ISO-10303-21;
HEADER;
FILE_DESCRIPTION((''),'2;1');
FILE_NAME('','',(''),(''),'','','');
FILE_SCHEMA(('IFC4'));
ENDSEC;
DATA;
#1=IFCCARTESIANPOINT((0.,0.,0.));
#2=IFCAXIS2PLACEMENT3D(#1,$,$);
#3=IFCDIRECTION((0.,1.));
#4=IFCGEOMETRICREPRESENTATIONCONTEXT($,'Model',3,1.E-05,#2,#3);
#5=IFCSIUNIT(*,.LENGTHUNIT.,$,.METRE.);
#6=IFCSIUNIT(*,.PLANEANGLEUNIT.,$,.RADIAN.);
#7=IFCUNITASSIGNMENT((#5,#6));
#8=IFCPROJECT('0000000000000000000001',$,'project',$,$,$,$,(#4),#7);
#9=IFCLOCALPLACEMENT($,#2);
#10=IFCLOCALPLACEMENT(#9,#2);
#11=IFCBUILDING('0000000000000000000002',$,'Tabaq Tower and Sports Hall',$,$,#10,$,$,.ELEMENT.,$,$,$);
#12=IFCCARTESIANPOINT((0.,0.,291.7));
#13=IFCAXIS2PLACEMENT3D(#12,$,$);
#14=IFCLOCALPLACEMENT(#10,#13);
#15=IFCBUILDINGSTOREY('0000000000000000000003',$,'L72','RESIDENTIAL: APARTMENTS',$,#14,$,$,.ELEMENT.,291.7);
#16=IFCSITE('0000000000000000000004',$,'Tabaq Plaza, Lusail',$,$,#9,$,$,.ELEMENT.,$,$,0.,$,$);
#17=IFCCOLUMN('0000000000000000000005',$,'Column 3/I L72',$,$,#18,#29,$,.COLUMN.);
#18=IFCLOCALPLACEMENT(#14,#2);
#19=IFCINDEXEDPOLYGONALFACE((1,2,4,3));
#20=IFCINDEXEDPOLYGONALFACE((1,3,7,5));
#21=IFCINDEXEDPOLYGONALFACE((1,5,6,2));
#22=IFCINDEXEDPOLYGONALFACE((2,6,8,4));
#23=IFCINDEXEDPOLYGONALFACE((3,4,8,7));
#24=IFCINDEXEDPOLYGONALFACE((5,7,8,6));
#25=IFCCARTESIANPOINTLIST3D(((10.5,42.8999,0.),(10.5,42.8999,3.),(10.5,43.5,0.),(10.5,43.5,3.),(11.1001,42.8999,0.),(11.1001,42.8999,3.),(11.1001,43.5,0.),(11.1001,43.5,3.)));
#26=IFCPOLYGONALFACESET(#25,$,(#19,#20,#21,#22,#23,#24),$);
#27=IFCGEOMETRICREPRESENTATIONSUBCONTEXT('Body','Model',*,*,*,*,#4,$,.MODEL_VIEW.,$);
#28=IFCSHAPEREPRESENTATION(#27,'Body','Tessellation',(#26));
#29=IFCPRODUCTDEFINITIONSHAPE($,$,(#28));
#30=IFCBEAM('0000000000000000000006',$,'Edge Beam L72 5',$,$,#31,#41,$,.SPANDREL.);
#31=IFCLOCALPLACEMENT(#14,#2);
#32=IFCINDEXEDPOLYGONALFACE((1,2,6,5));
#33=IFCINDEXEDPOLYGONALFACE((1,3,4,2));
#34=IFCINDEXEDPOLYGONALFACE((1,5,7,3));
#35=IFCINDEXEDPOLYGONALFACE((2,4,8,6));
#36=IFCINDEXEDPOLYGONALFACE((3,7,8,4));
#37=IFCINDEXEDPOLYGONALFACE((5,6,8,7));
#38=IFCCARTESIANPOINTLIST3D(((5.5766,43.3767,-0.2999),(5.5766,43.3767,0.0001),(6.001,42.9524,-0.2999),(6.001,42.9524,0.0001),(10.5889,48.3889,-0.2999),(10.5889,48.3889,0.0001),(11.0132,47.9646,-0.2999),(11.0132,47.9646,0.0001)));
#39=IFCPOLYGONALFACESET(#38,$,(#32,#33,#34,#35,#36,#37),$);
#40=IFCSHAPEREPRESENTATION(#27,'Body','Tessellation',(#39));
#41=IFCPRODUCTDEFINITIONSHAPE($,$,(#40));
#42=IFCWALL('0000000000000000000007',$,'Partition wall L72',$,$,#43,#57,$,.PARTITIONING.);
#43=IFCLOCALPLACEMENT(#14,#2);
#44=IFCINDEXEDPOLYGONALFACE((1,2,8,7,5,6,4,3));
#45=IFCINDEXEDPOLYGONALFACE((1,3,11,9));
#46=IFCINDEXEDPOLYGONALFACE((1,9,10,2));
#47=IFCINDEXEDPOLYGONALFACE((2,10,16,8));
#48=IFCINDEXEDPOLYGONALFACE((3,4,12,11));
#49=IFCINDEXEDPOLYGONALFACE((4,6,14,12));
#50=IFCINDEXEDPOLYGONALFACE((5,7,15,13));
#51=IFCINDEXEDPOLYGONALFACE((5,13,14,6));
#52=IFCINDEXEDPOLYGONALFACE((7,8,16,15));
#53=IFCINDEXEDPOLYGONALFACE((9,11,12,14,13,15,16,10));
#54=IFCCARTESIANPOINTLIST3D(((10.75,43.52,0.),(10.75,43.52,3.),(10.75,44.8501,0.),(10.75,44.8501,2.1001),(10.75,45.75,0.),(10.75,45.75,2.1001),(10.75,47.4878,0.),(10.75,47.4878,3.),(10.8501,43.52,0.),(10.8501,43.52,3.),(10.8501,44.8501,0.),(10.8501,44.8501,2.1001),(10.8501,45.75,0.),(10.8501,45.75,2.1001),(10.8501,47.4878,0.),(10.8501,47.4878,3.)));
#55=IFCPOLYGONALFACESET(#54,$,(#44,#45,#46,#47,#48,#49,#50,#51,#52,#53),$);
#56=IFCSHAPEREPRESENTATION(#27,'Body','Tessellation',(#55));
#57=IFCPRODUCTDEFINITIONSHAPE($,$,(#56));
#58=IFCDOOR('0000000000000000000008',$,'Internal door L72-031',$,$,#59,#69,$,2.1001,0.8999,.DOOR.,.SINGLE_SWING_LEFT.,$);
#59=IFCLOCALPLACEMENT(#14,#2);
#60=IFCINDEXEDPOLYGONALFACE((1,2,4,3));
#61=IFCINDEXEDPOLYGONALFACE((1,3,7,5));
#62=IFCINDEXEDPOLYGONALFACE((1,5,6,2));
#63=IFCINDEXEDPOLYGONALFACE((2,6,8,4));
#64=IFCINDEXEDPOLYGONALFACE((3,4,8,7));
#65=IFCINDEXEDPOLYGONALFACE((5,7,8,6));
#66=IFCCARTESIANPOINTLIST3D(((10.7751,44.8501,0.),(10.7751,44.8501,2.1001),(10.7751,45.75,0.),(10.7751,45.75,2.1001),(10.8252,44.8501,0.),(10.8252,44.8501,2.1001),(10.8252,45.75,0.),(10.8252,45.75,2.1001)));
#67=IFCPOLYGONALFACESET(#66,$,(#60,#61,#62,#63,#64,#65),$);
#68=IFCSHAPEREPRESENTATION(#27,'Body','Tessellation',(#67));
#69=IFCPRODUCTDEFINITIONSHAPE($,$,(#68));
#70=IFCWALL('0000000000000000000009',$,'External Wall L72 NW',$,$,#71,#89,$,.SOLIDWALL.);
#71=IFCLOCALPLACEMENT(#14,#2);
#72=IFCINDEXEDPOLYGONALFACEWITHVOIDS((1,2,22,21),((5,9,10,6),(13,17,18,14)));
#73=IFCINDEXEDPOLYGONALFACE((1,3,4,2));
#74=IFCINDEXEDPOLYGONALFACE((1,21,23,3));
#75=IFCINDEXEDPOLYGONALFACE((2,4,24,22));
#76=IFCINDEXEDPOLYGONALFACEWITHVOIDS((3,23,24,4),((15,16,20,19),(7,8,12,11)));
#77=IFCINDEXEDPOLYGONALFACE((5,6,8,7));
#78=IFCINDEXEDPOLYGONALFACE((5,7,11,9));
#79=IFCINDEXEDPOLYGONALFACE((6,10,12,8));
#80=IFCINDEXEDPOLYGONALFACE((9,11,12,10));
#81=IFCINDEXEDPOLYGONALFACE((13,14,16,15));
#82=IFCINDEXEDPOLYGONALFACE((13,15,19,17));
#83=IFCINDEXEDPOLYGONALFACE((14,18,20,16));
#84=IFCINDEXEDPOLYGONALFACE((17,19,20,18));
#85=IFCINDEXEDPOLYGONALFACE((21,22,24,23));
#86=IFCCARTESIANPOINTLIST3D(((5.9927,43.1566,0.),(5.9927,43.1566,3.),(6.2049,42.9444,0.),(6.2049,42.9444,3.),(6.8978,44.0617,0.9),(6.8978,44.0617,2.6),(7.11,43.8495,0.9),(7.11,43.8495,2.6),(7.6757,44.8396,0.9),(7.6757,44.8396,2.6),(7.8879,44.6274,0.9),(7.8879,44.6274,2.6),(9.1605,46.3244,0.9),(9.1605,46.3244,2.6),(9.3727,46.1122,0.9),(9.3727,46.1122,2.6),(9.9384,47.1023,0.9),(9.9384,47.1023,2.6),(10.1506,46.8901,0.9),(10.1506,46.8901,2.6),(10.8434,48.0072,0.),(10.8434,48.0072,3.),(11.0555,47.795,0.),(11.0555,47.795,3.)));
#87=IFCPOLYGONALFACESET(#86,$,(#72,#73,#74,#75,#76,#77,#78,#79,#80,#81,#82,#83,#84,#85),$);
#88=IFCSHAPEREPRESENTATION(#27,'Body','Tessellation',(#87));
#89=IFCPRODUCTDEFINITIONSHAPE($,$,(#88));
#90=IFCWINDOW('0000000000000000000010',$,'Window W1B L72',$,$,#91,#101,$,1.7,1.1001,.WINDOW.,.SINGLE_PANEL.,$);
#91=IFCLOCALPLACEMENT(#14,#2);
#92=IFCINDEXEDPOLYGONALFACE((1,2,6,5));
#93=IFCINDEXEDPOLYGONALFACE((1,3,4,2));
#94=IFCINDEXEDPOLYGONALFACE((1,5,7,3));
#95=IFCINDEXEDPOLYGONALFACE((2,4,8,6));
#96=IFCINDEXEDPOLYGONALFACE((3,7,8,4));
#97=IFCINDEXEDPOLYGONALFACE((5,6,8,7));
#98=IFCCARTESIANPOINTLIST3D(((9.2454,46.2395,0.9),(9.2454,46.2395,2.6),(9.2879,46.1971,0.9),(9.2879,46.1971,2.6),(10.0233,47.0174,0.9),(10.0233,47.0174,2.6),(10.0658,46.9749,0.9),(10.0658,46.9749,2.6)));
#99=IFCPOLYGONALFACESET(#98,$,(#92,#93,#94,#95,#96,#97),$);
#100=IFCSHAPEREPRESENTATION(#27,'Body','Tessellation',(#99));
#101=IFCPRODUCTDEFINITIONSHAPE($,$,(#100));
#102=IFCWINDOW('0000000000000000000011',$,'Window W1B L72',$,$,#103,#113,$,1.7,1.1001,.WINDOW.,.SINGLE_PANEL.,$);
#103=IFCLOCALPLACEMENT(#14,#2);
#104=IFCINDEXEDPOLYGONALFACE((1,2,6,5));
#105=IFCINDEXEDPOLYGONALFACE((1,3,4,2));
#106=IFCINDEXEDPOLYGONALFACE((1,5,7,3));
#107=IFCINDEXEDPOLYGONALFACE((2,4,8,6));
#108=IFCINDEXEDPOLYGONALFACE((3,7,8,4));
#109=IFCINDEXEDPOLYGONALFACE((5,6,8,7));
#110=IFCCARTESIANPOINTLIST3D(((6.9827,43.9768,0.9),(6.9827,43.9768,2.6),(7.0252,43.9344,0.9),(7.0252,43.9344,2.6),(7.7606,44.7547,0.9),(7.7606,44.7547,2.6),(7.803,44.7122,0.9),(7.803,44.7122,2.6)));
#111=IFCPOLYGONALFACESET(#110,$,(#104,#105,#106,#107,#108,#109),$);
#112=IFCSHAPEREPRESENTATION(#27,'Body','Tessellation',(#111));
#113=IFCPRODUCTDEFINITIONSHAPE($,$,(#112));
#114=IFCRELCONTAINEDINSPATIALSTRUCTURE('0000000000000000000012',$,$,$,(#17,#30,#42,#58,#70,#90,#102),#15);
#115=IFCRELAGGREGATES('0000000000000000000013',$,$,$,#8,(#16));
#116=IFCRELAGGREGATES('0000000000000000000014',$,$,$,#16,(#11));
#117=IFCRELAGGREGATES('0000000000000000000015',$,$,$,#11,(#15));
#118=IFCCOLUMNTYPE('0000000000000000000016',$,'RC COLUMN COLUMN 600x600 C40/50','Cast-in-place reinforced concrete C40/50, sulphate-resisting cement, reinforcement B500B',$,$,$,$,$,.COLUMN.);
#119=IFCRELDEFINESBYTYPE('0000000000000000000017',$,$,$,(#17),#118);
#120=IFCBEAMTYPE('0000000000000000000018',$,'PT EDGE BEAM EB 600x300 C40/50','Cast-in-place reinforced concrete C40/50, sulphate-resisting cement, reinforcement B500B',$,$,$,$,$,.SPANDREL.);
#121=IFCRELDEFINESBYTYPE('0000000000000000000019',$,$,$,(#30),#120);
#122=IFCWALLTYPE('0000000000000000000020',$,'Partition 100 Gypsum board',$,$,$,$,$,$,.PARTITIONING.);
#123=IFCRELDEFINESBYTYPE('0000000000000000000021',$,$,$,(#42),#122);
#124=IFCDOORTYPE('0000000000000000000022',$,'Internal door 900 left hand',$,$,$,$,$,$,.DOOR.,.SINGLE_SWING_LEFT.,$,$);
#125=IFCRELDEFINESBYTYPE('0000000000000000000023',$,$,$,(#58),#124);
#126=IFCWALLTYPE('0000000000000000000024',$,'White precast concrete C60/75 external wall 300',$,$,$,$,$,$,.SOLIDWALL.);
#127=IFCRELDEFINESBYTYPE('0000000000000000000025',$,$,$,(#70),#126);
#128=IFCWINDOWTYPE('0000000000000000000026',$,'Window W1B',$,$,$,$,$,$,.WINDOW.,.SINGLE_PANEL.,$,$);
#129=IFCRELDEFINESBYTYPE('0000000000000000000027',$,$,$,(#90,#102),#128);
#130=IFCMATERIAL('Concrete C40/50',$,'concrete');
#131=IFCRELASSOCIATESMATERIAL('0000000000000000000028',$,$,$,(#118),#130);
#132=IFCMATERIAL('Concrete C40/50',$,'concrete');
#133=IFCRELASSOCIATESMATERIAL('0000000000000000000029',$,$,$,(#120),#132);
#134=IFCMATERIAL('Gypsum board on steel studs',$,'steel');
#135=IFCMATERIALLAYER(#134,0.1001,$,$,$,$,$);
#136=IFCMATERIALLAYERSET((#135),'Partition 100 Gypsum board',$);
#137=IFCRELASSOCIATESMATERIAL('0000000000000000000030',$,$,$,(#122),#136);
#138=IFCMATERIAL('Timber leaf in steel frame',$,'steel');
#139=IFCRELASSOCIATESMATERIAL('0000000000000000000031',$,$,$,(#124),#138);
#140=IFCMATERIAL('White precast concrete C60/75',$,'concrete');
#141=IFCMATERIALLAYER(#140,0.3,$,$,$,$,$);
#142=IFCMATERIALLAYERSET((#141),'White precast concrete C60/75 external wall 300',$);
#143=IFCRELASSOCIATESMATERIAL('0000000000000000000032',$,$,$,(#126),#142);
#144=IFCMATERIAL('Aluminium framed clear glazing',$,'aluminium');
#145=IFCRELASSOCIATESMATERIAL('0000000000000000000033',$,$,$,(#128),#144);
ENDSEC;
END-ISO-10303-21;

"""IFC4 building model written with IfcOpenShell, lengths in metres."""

from ifc_helpers import new_model, si_unit, direction, frame, frame_2d, origin, origin_2d, place, context, subcontext, project, spatial, rectangle, extrude, material, layer, layer_set, material_profile, profile_set, type_object, element, fill, save


model = new_model("IFC4")

# Units and contexts
model_context = context("Model", 3, precision=1e-05, world=origin(), true_north=direction((0.0, 1.0)))
body_context = subcontext(model_context, "Body", "Model", "MODEL_VIEW")
ifc_project = project(units=[si_unit("LENGTHUNIT", "METRE"), si_unit("PLANEANGLEUNIT", "RADIAN")], contexts=[model_context])

# Site, building, storey
site_placement = place(None, origin())
site = spatial("IfcSite", under=ifc_project, at=site_placement, Name="Tabaq Plaza, Lusail", CompositionType="ELEMENT", RefElevation=0.0)
building_placement = place(site_placement, origin())
building = spatial("IfcBuilding", under=site, at=building_placement, Name="Tabaq Tower and Sports Hall", CompositionType="ELEMENT")
storey_placement = place(building_placement, frame((0.0, 0.0, 291.7)))
storey = spatial("IfcBuildingStorey", under=building, at=storey_placement, Name="L72", Description="RESIDENTIAL: APARTMENTS", CompositionType="ELEMENT", Elevation=291.7)

# Column
ifc_material_1 = material(Name="Concrete C40/50", Category="concrete")
ifc_material_profile_1 = material_profile(ifc_material_1, rectangle(XDim=0.6001, YDim=0.6001, at=origin_2d()), Name="COLUMN 600x600")
ifc_profile_set_1 = profile_set([ifc_material_profile_1], Name="Concrete C40/50")
column_type = type_object("IfcColumnType", Name="RC COLUMN COLUMN 600x600 C40/50", Description="Cast-in-place reinforced concrete C40/50, sulphate-resisting cement, reinforcement B500B", PredefinedType="COLUMN", material=ifc_profile_set_1)
column_placement = place(storey_placement, frame((10.8, 43.2, 0.0), z_axis=(0.0, 0.0, 1.0), x_axis=(1.0, 0.0, 0.0)))
element("IfcColumn", 1, at=column_placement, inside=storey, type_object=column_type, Name="Column 3/I L72", PredefinedType="COLUMN", context=body_context, shape_type="SweptSolid", body=[
    extrude(rectangle(XDim=0.6001, YDim=0.6001, at=origin_2d()), origin(), (0.0, 0.0, 1.0), 3.0),
])

# Beam
ifc_material_2 = material(Name="Concrete C40/50", Category="concrete")
ifc_material_profile_2 = material_profile(ifc_material_2, rectangle(XDim=0.6001, YDim=0.3, at=origin_2d()), Name="EB 600x300")
ifc_profile_set_2 = profile_set([ifc_material_profile_2], Name="Concrete C40/50")
beam_type = type_object("IfcBeamType", Name="PT EDGE BEAM EB 600x300 C40/50", Description="Cast-in-place reinforced concrete C40/50, sulphate-resisting cement, reinforcement B500B", PredefinedType="SPANDREL", material=ifc_profile_set_2)
beam_placement = place(storey_placement, frame((10.801, 48.1768, -0.1499), z_axis=(-0.707107, -0.707107, 0.0), x_axis=(0.707107, -0.707107, 0.0)))
element("IfcBeam", 2, at=beam_placement, inside=storey, type_object=beam_type, Name="Edge Beam L72 5", PredefinedType="SPANDREL", context=body_context, shape_type="SweptSolid", body=[
    extrude(rectangle(XDim=0.6001, YDim=0.3, at=origin_2d()), origin(), (0.0, 0.0, 1.0), 7.0884),
])

# Wall, opening, door
ifc_material_3 = material(Name="Gypsum board on steel studs", Category="steel")
ifc_layer_1 = layer(ifc_material_3, 0.1001)
ifc_layer_set_1 = layer_set([ifc_layer_1], Name="Partition 100 Gypsum board")
wall_type_1 = type_object("IfcWallType", Name="Partition 100 Gypsum board", PredefinedType="PARTITIONING", material=ifc_layer_set_1)
wall_1_placement = place(storey_placement, frame((10.8, 43.52, 0.0), z_axis=(0.0, 0.0, 1.0), x_axis=(0.0, 1.0, 0.0)))
wall_1 = element("IfcWall", 3, at=wall_1_placement, inside=storey, type_object=wall_type_1, Name="Partition wall L72", PredefinedType="PARTITIONING", context=body_context, shape_type="SweptSolid", body=[
    extrude(rectangle(XDim=3.9678, YDim=0.1001, at=frame_2d((1.9839, 0.0))), origin(), (0.0, 0.0, 1.0), 3.0),
])
opening_1_placement = place(wall_1_placement, frame((1.3301, 0.0, 0.0)))
opening_1 = element("IfcOpeningElement", 4, at=opening_1_placement, cuts=wall_1, PredefinedType="OPENING", context=body_context, shape_type="SweptSolid", body=[
    extrude(rectangle(XDim=0.8999, YDim=2.1001, at=frame_2d((0.45, 1.05))), frame((0.0, 0.05, 0.0), z_axis=(0.0, -1.0, 0.0), x_axis=(1.0, 0.0, 0.0)), (0.0, 0.0, 1.0), 0.1001),
])
ifc_material_4 = material(Name="Timber leaf in steel frame", Category="steel")
door_type = type_object("IfcDoorType", Name="Internal door 900 left hand", OperationType="SINGLE_SWING_LEFT", PredefinedType="DOOR", material=ifc_material_4)
door_placement = place(opening_1_placement, origin())
door = element("IfcDoor", 5, at=door_placement, inside=storey, type_object=door_type, Name="Internal door L72-031", OperationType="SINGLE_SWING_LEFT", OverallHeight=2.1001, OverallWidth=0.8999, PredefinedType="DOOR", context=body_context, shape_type="SweptSolid", body=[
    extrude(rectangle(XDim=0.8999, YDim=2.1001, at=frame_2d((0.45, 1.05))), frame((0.0, 0.0249, 0.0), z_axis=(0.0, -1.0, 0.0), x_axis=(1.0, 0.0, 0.0)), (0.0, 0.0, 1.0), 0.05),
])
fill(opening_1, door)

# Wall, openings, windows
ifc_material_5 = material(Name="White precast concrete C60/75", Category="concrete")
ifc_layer_2 = layer(ifc_material_5, 0.3)
ifc_layer_set_2 = layer_set([ifc_layer_2], Name="White precast concrete C60/75 external wall 300")
wall_type_2 = type_object("IfcWallType", Name="White precast concrete C60/75 external wall 300", PredefinedType="SOLIDWALL", material=ifc_layer_set_2)
wall_2_placement = place(storey_placement, frame((10.9495, 47.9011, 0.0), z_axis=(0.0, 0.0, 1.0), x_axis=(-0.707107, -0.707107, 0.0)))
wall_2 = element("IfcWall", 6, at=wall_2_placement, inside=storey, type_object=wall_type_2, Name="External Wall L72 NW", PredefinedType="SOLIDWALL", context=body_context, shape_type="SweptSolid", body=[
    extrude(rectangle(XDim=6.8599, YDim=0.3, at=frame_2d((3.4299, 0.0))), origin(), (0.0, 0.0, 1.0), 3.0),
])
opening_2_placement = place(wall_2_placement, frame((1.2798, 0.0, 0.8999)))
opening_2 = element("IfcOpeningElement", 7, at=opening_2_placement, cuts=wall_2, PredefinedType="OPENING", context=body_context, shape_type="SweptSolid", body=[
    extrude(rectangle(XDim=1.1001, YDim=1.7, at=frame_2d((0.55, 0.8501))), frame((0.0, 0.1602, 0.0), z_axis=(0.0, -1.0, 0.0), x_axis=(1.0, 0.0, 0.0)), (0.0, 0.0, 1.0), 0.3201),
])
opening_3_placement = place(wall_2_placement, frame((4.4797, 0.0, 0.8999)))
opening_3 = element("IfcOpeningElement", 8, at=opening_3_placement, cuts=wall_2, PredefinedType="OPENING", context=body_context, shape_type="SweptSolid", body=[
    extrude(rectangle(XDim=1.1001, YDim=1.7, at=frame_2d((0.55, 0.8501))), frame((0.0, 0.1602, 0.0), z_axis=(0.0, -1.0, 0.0), x_axis=(1.0, 0.0, 0.0)), (0.0, 0.0, 1.0), 0.3201),
])
ifc_material_6 = material(Name="Aluminium framed clear glazing", Category="aluminium")
window_type_1 = type_object("IfcWindowType", Name="Window W1B", PartitioningType="SINGLE_PANEL", PredefinedType="WINDOW", material=ifc_material_6)
window_1_placement = place(opening_2_placement, origin())
window_1 = element("IfcWindow", 9, at=window_1_placement, inside=storey, type_object=window_type_1, Name="Window W1B L72", OverallHeight=1.7, OverallWidth=1.1001, PartitioningType="SINGLE_PANEL", PredefinedType="WINDOW", context=body_context, shape_type="SweptSolid", body=[
    extrude(rectangle(XDim=1.1001, YDim=1.7, at=frame_2d((0.55, 0.8501))), frame((0.0, 0.03, 0.0), z_axis=(0.0, -1.0, 0.0), x_axis=(1.0, 0.0, 0.0)), (0.0, 0.0, 1.0), 0.0601),
])
fill(opening_2, window_1)
window_2_placement = place(opening_3_placement, origin())
window_2 = element("IfcWindow", 10, at=window_2_placement, inside=storey, type_object=window_type_1, Name="Window W1B L72", OverallHeight=1.7, OverallWidth=1.1001, PartitioningType="SINGLE_PANEL", PredefinedType="WINDOW", context=body_context, shape_type="SweptSolid", body=[
    extrude(rectangle(XDim=1.1001, YDim=1.7, at=frame_2d((0.55, 0.8501))), frame((0.0, 0.03, 0.0), z_axis=(0.0, -1.0, 0.0), x_axis=(1.0, 0.0, 0.0)), (0.0, 0.0, 1.0), 0.0601),
])
fill(opening_3, window_2)

save(model, "model.ifc")
